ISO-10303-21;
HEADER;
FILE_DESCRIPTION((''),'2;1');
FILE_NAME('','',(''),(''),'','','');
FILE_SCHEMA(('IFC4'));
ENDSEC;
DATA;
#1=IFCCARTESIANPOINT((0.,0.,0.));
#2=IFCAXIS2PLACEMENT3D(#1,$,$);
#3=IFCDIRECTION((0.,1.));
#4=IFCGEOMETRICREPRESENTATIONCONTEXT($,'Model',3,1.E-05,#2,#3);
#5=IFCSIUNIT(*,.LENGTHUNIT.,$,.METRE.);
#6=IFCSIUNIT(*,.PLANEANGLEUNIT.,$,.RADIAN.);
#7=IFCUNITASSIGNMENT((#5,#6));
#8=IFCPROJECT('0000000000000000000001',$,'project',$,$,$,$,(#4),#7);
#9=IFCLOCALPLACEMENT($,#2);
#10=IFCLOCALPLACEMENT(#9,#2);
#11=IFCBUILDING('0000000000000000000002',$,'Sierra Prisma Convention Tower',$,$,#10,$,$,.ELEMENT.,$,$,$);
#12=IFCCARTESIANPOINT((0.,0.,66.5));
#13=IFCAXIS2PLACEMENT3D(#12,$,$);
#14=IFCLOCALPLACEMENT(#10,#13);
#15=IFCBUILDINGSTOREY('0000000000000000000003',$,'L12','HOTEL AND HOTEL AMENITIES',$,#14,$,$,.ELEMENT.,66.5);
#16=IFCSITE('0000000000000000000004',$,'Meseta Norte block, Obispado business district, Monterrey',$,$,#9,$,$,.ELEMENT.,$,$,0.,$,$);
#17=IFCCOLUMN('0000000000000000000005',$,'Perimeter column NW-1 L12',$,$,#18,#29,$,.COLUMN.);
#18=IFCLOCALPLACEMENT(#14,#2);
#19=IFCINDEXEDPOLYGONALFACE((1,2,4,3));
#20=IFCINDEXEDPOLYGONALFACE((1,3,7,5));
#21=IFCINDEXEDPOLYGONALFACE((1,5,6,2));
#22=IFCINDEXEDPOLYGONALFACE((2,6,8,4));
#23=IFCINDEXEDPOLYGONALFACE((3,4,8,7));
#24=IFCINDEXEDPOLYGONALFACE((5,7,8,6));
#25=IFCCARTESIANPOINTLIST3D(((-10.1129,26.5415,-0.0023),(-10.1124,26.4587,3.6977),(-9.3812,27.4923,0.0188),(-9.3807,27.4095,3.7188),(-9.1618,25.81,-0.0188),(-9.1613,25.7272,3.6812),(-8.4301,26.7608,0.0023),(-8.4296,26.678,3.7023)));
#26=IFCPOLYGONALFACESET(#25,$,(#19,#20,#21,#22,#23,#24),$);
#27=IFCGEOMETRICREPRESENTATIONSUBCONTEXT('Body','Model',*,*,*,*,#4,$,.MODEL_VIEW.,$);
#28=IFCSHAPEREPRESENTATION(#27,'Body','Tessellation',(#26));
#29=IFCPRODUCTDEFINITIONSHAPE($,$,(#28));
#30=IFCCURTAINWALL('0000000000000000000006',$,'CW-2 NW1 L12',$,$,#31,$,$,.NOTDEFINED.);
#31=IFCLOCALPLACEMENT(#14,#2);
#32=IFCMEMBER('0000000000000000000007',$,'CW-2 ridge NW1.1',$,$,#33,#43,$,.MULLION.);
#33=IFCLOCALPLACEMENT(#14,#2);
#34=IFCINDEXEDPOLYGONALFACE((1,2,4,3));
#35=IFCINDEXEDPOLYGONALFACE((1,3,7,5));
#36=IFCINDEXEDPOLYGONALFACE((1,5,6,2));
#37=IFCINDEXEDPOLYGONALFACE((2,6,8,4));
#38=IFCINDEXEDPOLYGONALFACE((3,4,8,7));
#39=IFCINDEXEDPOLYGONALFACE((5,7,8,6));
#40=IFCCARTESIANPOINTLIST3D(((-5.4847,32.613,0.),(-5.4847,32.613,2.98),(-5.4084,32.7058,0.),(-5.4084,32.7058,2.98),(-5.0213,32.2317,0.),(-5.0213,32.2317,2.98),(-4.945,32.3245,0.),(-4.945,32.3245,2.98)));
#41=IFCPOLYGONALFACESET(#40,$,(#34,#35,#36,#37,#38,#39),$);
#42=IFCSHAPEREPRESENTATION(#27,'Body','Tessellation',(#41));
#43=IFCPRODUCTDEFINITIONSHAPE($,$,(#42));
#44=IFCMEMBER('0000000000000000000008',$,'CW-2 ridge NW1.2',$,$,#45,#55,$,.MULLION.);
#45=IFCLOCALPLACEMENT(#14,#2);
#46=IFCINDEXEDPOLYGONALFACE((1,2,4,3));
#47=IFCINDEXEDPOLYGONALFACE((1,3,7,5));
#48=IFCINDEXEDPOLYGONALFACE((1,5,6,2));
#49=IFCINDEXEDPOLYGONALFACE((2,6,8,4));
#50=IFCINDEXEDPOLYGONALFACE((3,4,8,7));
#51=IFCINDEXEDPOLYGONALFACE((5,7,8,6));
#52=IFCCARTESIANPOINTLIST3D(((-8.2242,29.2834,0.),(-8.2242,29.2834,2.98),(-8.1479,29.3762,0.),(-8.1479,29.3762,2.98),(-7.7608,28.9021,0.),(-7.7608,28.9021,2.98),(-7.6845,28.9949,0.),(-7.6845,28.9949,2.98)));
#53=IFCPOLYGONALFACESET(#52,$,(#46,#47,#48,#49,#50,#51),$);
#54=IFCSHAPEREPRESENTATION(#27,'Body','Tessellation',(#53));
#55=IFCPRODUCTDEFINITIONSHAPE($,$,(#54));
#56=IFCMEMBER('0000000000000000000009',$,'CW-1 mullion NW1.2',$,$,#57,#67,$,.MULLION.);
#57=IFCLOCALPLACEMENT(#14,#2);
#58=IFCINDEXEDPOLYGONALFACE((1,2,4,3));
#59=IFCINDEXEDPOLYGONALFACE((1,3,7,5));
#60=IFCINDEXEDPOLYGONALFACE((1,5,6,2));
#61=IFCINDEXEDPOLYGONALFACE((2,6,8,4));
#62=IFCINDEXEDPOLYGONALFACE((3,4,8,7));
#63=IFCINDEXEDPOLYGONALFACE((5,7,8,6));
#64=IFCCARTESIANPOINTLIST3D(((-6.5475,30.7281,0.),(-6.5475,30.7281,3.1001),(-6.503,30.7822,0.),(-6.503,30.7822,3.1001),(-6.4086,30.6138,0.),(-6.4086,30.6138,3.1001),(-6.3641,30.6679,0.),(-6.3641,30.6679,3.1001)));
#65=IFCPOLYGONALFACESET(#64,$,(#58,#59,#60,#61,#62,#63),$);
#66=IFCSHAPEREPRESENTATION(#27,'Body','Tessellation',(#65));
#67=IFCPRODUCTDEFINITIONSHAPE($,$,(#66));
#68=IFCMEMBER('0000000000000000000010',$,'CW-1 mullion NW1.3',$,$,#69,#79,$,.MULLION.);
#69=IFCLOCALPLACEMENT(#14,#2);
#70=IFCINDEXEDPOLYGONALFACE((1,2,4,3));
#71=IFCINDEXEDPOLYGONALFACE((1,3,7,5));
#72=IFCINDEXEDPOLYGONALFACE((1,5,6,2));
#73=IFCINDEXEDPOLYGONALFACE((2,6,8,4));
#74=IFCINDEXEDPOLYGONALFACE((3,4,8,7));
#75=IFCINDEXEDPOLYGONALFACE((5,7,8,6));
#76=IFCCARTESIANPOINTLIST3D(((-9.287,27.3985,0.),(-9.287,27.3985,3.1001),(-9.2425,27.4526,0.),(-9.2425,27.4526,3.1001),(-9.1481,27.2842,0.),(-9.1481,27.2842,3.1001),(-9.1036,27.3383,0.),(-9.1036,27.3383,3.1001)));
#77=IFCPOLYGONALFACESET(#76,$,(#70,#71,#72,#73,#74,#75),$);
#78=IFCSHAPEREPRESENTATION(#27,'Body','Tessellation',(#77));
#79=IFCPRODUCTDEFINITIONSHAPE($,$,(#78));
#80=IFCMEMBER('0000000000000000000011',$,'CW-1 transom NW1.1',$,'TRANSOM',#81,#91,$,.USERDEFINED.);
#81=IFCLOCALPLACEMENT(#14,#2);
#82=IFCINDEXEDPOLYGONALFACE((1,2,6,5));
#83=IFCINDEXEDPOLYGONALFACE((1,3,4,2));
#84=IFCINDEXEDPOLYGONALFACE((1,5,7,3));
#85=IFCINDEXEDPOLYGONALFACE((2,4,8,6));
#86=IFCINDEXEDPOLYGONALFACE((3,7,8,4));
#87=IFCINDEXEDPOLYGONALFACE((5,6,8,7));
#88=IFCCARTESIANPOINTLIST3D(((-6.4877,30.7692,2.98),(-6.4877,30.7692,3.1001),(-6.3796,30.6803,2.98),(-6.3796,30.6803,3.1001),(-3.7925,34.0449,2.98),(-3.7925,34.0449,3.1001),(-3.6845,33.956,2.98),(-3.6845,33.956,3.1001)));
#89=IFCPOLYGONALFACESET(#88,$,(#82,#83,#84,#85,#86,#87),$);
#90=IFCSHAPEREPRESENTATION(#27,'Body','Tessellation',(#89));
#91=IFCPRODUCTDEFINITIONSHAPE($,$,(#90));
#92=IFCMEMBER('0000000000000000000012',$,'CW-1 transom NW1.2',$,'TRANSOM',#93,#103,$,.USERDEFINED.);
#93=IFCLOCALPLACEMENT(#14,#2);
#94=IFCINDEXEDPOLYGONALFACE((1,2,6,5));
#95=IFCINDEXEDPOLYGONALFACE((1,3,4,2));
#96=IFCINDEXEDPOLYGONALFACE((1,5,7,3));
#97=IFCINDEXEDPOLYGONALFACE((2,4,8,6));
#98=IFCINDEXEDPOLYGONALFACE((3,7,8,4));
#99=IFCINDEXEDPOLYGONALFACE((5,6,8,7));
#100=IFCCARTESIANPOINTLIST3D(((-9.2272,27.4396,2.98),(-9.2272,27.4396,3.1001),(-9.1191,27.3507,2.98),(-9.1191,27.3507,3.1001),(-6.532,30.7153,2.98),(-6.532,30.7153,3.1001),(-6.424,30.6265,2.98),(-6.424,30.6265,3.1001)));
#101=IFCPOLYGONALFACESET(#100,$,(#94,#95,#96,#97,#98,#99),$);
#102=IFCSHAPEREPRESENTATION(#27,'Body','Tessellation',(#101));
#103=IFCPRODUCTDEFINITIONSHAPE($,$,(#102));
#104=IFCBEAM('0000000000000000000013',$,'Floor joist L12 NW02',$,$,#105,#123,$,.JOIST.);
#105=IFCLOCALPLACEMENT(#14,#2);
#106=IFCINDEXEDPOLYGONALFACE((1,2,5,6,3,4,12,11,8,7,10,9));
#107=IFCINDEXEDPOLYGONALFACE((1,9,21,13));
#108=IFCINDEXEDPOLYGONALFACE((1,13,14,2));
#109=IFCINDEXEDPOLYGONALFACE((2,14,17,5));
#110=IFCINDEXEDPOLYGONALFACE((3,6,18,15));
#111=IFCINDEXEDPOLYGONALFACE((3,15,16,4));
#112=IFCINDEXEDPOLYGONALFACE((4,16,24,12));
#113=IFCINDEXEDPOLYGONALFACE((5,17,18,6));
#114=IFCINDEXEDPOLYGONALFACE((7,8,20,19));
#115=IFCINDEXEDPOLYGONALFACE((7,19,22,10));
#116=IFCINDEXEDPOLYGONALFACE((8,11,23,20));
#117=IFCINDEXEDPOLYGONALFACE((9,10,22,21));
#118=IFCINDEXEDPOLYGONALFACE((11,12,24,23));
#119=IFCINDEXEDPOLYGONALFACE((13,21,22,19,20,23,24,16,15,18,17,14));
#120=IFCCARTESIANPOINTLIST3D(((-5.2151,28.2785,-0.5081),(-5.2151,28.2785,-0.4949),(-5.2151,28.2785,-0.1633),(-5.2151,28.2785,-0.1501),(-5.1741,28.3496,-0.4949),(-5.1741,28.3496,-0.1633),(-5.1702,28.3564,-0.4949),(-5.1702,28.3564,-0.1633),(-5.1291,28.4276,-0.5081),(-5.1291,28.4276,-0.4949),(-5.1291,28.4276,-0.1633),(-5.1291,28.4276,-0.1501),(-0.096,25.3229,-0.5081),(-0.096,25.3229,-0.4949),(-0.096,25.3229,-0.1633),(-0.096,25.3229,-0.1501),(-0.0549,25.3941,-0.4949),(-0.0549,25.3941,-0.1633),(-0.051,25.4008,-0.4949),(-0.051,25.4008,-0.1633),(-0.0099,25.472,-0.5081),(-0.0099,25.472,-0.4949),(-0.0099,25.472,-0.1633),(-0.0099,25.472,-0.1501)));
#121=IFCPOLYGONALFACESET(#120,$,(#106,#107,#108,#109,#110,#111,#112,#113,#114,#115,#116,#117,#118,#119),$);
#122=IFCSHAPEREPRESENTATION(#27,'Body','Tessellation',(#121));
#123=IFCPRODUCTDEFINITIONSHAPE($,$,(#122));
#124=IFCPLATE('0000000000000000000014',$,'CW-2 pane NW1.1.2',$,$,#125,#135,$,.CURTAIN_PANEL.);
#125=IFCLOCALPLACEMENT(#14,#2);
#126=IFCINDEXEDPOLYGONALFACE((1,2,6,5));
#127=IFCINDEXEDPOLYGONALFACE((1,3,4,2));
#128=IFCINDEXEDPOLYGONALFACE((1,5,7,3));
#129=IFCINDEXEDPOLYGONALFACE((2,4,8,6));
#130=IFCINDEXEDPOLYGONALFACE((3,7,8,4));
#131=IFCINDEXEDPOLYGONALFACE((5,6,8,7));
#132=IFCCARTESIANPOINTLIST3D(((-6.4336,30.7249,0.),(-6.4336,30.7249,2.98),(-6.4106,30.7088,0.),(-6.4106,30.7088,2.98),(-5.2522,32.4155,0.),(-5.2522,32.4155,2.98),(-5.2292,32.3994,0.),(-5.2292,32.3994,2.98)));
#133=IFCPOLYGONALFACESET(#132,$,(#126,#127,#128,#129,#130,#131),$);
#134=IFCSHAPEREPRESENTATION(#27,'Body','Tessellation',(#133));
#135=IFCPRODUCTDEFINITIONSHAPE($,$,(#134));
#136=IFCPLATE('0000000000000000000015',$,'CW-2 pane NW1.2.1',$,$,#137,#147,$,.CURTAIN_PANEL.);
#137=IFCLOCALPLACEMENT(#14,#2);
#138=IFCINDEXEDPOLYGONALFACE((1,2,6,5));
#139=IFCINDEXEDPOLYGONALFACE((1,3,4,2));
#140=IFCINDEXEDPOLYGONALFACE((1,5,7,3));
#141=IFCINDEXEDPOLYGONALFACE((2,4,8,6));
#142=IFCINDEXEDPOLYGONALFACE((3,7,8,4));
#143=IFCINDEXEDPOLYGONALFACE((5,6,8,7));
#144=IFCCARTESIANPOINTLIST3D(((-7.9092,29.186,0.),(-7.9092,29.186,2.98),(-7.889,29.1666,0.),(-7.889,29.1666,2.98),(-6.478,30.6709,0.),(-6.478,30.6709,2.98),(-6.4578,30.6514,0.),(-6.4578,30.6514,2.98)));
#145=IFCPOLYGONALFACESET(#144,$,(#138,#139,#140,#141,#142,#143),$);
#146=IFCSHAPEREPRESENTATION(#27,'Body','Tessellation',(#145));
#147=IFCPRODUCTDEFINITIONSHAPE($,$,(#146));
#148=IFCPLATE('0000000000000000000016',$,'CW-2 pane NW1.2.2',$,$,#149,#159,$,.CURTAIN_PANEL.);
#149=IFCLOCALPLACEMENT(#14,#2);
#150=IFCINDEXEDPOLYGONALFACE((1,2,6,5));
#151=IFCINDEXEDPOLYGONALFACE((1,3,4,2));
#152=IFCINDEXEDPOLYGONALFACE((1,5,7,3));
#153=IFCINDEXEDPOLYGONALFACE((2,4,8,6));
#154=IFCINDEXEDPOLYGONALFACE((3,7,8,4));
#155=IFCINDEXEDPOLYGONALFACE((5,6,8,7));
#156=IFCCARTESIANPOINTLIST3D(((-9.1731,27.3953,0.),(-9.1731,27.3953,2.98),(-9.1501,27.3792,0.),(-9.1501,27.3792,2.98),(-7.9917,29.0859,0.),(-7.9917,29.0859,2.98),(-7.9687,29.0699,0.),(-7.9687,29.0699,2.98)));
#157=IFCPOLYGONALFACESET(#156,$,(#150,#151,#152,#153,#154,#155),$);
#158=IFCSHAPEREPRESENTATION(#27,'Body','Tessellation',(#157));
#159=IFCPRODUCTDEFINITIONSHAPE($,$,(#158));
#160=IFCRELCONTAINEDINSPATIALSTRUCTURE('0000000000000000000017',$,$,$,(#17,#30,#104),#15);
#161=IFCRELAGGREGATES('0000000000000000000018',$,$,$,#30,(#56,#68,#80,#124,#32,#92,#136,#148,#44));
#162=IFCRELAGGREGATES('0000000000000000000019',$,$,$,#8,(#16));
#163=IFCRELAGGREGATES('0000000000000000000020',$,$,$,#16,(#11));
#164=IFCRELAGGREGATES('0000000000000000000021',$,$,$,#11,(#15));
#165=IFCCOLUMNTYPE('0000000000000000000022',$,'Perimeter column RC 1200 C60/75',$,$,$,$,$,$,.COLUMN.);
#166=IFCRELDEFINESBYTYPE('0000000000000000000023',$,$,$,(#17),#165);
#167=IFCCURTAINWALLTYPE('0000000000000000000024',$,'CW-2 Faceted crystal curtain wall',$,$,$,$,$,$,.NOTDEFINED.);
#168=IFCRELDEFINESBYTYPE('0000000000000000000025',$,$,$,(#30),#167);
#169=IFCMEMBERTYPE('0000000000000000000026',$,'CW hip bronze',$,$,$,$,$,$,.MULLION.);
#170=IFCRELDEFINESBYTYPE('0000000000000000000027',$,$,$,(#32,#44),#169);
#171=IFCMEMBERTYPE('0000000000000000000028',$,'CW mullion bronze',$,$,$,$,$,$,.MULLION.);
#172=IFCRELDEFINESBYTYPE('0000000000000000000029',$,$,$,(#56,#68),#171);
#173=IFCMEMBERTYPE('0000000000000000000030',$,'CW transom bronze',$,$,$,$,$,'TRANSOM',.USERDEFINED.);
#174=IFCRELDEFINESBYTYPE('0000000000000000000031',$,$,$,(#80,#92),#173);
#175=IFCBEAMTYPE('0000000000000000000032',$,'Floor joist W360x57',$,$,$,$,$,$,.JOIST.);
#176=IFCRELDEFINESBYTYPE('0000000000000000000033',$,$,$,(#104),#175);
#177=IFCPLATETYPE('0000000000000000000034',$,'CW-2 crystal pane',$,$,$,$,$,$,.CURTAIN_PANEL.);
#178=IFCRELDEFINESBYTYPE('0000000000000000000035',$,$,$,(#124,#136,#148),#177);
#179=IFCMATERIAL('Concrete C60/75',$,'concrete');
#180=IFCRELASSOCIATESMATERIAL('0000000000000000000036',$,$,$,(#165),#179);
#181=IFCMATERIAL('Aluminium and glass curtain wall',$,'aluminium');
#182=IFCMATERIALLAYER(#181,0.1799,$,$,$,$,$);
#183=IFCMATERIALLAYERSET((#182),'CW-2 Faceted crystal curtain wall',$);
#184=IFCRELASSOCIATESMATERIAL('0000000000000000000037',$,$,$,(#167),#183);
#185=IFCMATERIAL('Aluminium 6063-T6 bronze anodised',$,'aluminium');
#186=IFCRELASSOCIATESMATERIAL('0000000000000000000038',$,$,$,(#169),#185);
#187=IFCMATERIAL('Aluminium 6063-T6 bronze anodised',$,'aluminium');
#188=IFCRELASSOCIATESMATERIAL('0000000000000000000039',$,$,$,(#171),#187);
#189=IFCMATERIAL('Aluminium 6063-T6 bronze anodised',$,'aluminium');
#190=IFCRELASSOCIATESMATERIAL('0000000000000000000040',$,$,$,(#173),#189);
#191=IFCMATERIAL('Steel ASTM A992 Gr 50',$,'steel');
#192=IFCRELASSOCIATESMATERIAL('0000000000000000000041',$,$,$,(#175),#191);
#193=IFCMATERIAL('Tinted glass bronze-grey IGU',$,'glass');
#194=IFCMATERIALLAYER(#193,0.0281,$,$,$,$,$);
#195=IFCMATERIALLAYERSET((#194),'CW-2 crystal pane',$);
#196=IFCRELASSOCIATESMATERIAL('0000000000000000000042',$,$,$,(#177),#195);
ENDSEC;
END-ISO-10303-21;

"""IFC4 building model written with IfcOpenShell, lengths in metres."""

from ifc_helpers import new_model, si_unit, direction, frame, origin, origin_2d, place, context, subcontext, project, spatial, polyline, rectangle, i_section, outline, extrude, material, layer, layer_set, material_profile, profile_set, type_object, element, aggregate, save


model = new_model("IFC4")

# Units and contexts
model_context = context("Model", 3, precision=1e-05, world=origin(), true_north=direction((0.0, 1.0)))
body_context = subcontext(model_context, "Body", "Model", "MODEL_VIEW")
ifc_project = project(units=[si_unit("LENGTHUNIT", "METRE"), si_unit("PLANEANGLEUNIT", "RADIAN")], contexts=[model_context])

# Site, building, storey
site_placement = place(None, origin())
site = spatial("IfcSite", under=ifc_project, at=site_placement, Name="Meseta Norte block, Obispado business district, Monterrey", CompositionType="ELEMENT", RefElevation=0.0)
building_placement = place(site_placement, origin())
building = spatial("IfcBuilding", under=site, at=building_placement, Name="Sierra Prisma Convention Tower", CompositionType="ELEMENT")
storey_placement = place(building_placement, frame((0.0, 0.0, 66.5)))
storey = spatial("IfcBuildingStorey", under=building, at=storey_placement, Name="L12", Description="HOTEL AND HOTEL AMENITIES", CompositionType="ELEMENT", Elevation=66.5)

# Column
ifc_material_1 = material(Name="Concrete C60/75", Category="concrete")
ifc_material_profile_1 = material_profile(ifc_material_1, rectangle(XDim=1.2, YDim=1.2, at=origin_2d()), Name="Perimeter column RC 1200 C60/75")
ifc_profile_set_1 = profile_set([ifc_material_profile_1], Name="Concrete C60/75")
column_type = type_object("IfcColumnType", Name="Perimeter column RC 1200 C60/75", PredefinedType="COLUMN", material=ifc_profile_set_1)
column_placement = place(storey_placement, frame((-9.2715, 26.6511, 0.0), z_axis=(0.000132, -0.022363, 0.99975), x_axis=(0.609769, 0.792383, 0.017644)))
element("IfcColumn", 1, at=column_placement, inside=storey, type_object=column_type, Name="Perimeter column NW-1 L12", PredefinedType="COLUMN", context=body_context, shape_type="SweptSolid", body=[
    extrude(rectangle(XDim=1.2, YDim=1.2, at=origin_2d()), origin(), (0.0, 0.0, 1.0), 3.7009),
])

# Curtain wall, members
ifc_material_2 = material(Name="Aluminium and glass curtain wall", Category="aluminium")
ifc_layer_1 = layer(ifc_material_2, 0.1799)
ifc_layer_set_1 = layer_set([ifc_layer_1], Name="CW-2 Faceted crystal curtain wall")
curtain_wall_type = type_object("IfcCurtainWallType", Name="CW-2 Faceted crystal curtain wall", PredefinedType="NOTDEFINED", material=ifc_layer_set_1)
curtain_wall_placement = place(storey_placement, origin())
curtain_wall = element("IfcCurtainWall", 2, at=curtain_wall_placement, inside=storey, type_object=curtain_wall_type, Name="CW-2 NW1 L12", PredefinedType="NOTDEFINED")
ifc_material_3 = material(Name="Aluminium 6063-T6 bronze anodised", Category="aluminium")
ifc_material_profile_2 = material_profile(ifc_material_3, rectangle(XDim=0.1201, YDim=0.6001, at=origin_2d()), Name="ALU RIDGE BLADE 120x600")
ifc_profile_set_2 = profile_set([ifc_material_profile_2], Name="Aluminium 6063-T6 bronze anodised")
member_type_1 = type_object("IfcMemberType", Name="CW hip bronze", PredefinedType="MULLION", material=ifc_profile_set_2)
member_1_placement = place(storey_placement, frame((-5.2148, 32.4688, 0.0), z_axis=(0.0, 0.0, 1.0), x_axis=(-0.635365, -0.772212, 0.0)))
member_1 = element("IfcMember", 3, at=member_1_placement, type_object=member_type_1, Name="CW-2 ridge NW1.1", PredefinedType="MULLION", context=body_context, shape_type="SweptSolid", body=[
    extrude(rectangle(XDim=0.1201, YDim=0.6001, at=origin_2d()), origin(), (0.0, 0.0, 1.0), 2.98),
])
member_2_placement = place(storey_placement, frame((-7.9543, 29.1392, 0.0), z_axis=(0.0, 0.0, 1.0), x_axis=(-0.635365, -0.772212, 0.0)))
member_2 = element("IfcMember", 4, at=member_2_placement, type_object=member_type_1, Name="CW-2 ridge NW1.2", PredefinedType="MULLION", context=body_context, shape_type="SweptSolid", body=[
    extrude(rectangle(XDim=0.1201, YDim=0.6001, at=origin_2d()), origin(), (0.0, 0.0, 1.0), 2.98),
])
ifc_material_4 = material(Name="Aluminium 6063-T6 bronze anodised", Category="aluminium")
ifc_material_profile_3 = material_profile(ifc_material_4, rectangle(XDim=0.1799, YDim=0.0701, at=origin_2d()), Name="ALU MULLION 70x180")
ifc_profile_set_3 = profile_set([ifc_material_profile_3], Name="Aluminium 6063-T6 bronze anodised")
member_type_2 = type_object("IfcMemberType", Name="CW mullion bronze", PredefinedType="MULLION", material=ifc_profile_set_3)
member_3_placement = place(storey_placement, frame((-6.4558, 30.698, 0.0), z_axis=(0.0, 0.0, 1.0), x_axis=(0.772212, -0.635365, 0.0)))
member_3 = element("IfcMember", 5, at=member_3_placement, type_object=member_type_2, Name="CW-1 mullion NW1.2", PredefinedType="MULLION", context=body_context, shape_type="SweptSolid", body=[
    extrude(rectangle(XDim=0.1799, YDim=0.0701, at=origin_2d()), origin(), (0.0, 0.0, 1.0), 3.1001),
])
member_4_placement = place(storey_placement, frame((-9.1953, 27.3684, 0.0), z_axis=(0.0, 0.0, 1.0), x_axis=(0.772212, -0.635365, 0.0)))
member_4 = element("IfcMember", 6, at=member_4_placement, type_object=member_type_2, Name="CW-1 mullion NW1.3", PredefinedType="MULLION", context=body_context, shape_type="SweptSolid", body=[
    extrude(rectangle(XDim=0.1799, YDim=0.0701, at=origin_2d()), origin(), (0.0, 0.0, 1.0), 3.1001),
])
ifc_material_5 = material(Name="Aluminium 6063-T6 bronze anodised", Category="aluminium")
ifc_material_profile_4 = material_profile(ifc_material_5, rectangle(XDim=0.1399, YDim=0.1201, at=origin_2d()), Name="ALU TRANSOM 120x140")
ifc_profile_set_4 = profile_set([ifc_material_profile_4], Name="Aluminium 6063-T6 bronze anodised")
member_type_3 = type_object("IfcMemberType", Name="CW transom bronze", ElementType="TRANSOM", PredefinedType="USERDEFINED", material=ifc_profile_set_4)
member_5_placement = place(storey_placement, frame((-3.7385, 34.0005, 3.04), z_axis=(-0.635354, -0.772221, 0.0), x_axis=(0.772221, -0.635354, 0.0)))
member_5 = element("IfcMember", 7, at=member_5_placement, type_object=member_type_3, Name="CW-1 transom NW1.1", ObjectType="TRANSOM", PredefinedType="USERDEFINED", context=body_context, shape_type="SweptSolid", body=[
    extrude(rectangle(XDim=0.1399, YDim=0.1201, at=origin_2d()), origin(), (0.0, 0.0, 1.0), 4.2419),
])
member_6_placement = place(storey_placement, frame((-6.478, 30.6709, 3.04), z_axis=(-0.635354, -0.772221, 0.0), x_axis=(0.772221, -0.635354, 0.0)))
member_6 = element("IfcMember", 8, at=member_6_placement, type_object=member_type_3, Name="CW-1 transom NW1.2", ObjectType="TRANSOM", PredefinedType="USERDEFINED", context=body_context, shape_type="SweptSolid", body=[
    extrude(rectangle(XDim=0.1399, YDim=0.1201, at=origin_2d()), origin(), (0.0, 0.0, 1.0), 4.2419),
])

# Beam
ifc_material_6 = material(Name="Steel ASTM A992 Gr 50", Category="steel")
ifc_material_profile_5 = material_profile(ifc_material_6, i_section(OverallWidth=0.1721, OverallDepth=0.3579, WebThickness=0.0078, FlangeThickness=0.0132, at=origin_2d()), Name="W360x57")
ifc_profile_set_5 = profile_set([ifc_material_profile_5], Name="Steel ASTM A992 Gr 50")
beam_type = type_object("IfcBeamType", Name="Floor joist W360x57", PredefinedType="JOIST", material=ifc_profile_set_5)
beam_placement = place(storey_placement, frame((-5.1721, 28.353, -0.3291), z_axis=(0.866023, -0.500004, 0.0), x_axis=(0.500004, 0.866023, 0.0)))
element("IfcBeam", 9, at=beam_placement, inside=storey, type_object=beam_type, Name="Floor joist L12 NW02", PredefinedType="JOIST", context=body_context, shape_type="SweptSolid", body=[
    extrude(i_section(OverallWidth=0.1721, OverallDepth=0.3579, WebThickness=0.0078, FlangeThickness=0.0132, at=origin_2d()), origin(), (0.0, 0.0, 1.0), 5.9111),
])

# Plates
ifc_material_7 = material(Name="Tinted glass bronze-grey IGU", Category="glass")
ifc_layer_2 = layer(ifc_material_7, 0.0281)
ifc_layer_set_2 = layer_set([ifc_layer_2], Name="CW-2 crystal pane")
plate_type = type_object("IfcPlateType", Name="CW-2 crystal pane", PredefinedType="CURTAIN_PANEL", material=ifc_layer_set_2)
plate_1_placement = place(storey_placement, frame((-6.4336, 30.7249, 0.0), z_axis=(-0.819704, 0.572787, 0.0), x_axis=(0.572787, 0.819704, 0.0)))
plate_1 = element("IfcPlate", 10, at=plate_1_placement, type_object=plate_type, Name="CW-2 pane NW1.1.2", PredefinedType="CURTAIN_PANEL", context=body_context, shape_type="SweptSolid", body=[
    extrude(outline(polyline([(0.0, 0.0), (2.0625, 0.0), (2.0625, -2.98), (0.0, -2.98), (0.0, 0.0)])), origin(), (0.0, 0.0, -1.0), 0.0281),
])
plate_2_placement = place(storey_placement, frame((-6.478, 30.6709, 0.0), z_axis=(-0.720009, 0.693965, 0.0), x_axis=(-0.693965, -0.720009, 0.0)))
plate_2 = element("IfcPlate", 11, at=plate_2_placement, type_object=plate_type, Name="CW-2 pane NW1.2.1", PredefinedType="CURTAIN_PANEL", context=body_context, shape_type="SweptSolid", body=[
    extrude(outline(polyline([(0.0, 0.0), (2.0623, 0.0), (2.0623, 2.98), (0.0, 2.98), (0.0, 0.0)])), origin(), (0.0, 0.0, -1.0), 0.0281),
])
plate_3_placement = place(storey_placement, frame((-9.1731, 27.3953, 0.0), z_axis=(-0.819704, 0.572787, 0.0), x_axis=(0.572787, 0.819704, 0.0)))
plate_3 = element("IfcPlate", 12, at=plate_3_placement, type_object=plate_type, Name="CW-2 pane NW1.2.2", PredefinedType="CURTAIN_PANEL", context=body_context, shape_type="SweptSolid", body=[
    extrude(outline(polyline([(0.0, 0.0), (2.0625, 0.0), (2.0625, -2.98), (0.0, -2.98), (0.0, 0.0)])), origin(), (0.0, 0.0, -1.0), 0.0281),
])
aggregate(curtain_wall, [member_3, member_4, member_5, plate_1, member_1, member_6, plate_2, plate_3, member_2])

save(model, "model.ifc")
